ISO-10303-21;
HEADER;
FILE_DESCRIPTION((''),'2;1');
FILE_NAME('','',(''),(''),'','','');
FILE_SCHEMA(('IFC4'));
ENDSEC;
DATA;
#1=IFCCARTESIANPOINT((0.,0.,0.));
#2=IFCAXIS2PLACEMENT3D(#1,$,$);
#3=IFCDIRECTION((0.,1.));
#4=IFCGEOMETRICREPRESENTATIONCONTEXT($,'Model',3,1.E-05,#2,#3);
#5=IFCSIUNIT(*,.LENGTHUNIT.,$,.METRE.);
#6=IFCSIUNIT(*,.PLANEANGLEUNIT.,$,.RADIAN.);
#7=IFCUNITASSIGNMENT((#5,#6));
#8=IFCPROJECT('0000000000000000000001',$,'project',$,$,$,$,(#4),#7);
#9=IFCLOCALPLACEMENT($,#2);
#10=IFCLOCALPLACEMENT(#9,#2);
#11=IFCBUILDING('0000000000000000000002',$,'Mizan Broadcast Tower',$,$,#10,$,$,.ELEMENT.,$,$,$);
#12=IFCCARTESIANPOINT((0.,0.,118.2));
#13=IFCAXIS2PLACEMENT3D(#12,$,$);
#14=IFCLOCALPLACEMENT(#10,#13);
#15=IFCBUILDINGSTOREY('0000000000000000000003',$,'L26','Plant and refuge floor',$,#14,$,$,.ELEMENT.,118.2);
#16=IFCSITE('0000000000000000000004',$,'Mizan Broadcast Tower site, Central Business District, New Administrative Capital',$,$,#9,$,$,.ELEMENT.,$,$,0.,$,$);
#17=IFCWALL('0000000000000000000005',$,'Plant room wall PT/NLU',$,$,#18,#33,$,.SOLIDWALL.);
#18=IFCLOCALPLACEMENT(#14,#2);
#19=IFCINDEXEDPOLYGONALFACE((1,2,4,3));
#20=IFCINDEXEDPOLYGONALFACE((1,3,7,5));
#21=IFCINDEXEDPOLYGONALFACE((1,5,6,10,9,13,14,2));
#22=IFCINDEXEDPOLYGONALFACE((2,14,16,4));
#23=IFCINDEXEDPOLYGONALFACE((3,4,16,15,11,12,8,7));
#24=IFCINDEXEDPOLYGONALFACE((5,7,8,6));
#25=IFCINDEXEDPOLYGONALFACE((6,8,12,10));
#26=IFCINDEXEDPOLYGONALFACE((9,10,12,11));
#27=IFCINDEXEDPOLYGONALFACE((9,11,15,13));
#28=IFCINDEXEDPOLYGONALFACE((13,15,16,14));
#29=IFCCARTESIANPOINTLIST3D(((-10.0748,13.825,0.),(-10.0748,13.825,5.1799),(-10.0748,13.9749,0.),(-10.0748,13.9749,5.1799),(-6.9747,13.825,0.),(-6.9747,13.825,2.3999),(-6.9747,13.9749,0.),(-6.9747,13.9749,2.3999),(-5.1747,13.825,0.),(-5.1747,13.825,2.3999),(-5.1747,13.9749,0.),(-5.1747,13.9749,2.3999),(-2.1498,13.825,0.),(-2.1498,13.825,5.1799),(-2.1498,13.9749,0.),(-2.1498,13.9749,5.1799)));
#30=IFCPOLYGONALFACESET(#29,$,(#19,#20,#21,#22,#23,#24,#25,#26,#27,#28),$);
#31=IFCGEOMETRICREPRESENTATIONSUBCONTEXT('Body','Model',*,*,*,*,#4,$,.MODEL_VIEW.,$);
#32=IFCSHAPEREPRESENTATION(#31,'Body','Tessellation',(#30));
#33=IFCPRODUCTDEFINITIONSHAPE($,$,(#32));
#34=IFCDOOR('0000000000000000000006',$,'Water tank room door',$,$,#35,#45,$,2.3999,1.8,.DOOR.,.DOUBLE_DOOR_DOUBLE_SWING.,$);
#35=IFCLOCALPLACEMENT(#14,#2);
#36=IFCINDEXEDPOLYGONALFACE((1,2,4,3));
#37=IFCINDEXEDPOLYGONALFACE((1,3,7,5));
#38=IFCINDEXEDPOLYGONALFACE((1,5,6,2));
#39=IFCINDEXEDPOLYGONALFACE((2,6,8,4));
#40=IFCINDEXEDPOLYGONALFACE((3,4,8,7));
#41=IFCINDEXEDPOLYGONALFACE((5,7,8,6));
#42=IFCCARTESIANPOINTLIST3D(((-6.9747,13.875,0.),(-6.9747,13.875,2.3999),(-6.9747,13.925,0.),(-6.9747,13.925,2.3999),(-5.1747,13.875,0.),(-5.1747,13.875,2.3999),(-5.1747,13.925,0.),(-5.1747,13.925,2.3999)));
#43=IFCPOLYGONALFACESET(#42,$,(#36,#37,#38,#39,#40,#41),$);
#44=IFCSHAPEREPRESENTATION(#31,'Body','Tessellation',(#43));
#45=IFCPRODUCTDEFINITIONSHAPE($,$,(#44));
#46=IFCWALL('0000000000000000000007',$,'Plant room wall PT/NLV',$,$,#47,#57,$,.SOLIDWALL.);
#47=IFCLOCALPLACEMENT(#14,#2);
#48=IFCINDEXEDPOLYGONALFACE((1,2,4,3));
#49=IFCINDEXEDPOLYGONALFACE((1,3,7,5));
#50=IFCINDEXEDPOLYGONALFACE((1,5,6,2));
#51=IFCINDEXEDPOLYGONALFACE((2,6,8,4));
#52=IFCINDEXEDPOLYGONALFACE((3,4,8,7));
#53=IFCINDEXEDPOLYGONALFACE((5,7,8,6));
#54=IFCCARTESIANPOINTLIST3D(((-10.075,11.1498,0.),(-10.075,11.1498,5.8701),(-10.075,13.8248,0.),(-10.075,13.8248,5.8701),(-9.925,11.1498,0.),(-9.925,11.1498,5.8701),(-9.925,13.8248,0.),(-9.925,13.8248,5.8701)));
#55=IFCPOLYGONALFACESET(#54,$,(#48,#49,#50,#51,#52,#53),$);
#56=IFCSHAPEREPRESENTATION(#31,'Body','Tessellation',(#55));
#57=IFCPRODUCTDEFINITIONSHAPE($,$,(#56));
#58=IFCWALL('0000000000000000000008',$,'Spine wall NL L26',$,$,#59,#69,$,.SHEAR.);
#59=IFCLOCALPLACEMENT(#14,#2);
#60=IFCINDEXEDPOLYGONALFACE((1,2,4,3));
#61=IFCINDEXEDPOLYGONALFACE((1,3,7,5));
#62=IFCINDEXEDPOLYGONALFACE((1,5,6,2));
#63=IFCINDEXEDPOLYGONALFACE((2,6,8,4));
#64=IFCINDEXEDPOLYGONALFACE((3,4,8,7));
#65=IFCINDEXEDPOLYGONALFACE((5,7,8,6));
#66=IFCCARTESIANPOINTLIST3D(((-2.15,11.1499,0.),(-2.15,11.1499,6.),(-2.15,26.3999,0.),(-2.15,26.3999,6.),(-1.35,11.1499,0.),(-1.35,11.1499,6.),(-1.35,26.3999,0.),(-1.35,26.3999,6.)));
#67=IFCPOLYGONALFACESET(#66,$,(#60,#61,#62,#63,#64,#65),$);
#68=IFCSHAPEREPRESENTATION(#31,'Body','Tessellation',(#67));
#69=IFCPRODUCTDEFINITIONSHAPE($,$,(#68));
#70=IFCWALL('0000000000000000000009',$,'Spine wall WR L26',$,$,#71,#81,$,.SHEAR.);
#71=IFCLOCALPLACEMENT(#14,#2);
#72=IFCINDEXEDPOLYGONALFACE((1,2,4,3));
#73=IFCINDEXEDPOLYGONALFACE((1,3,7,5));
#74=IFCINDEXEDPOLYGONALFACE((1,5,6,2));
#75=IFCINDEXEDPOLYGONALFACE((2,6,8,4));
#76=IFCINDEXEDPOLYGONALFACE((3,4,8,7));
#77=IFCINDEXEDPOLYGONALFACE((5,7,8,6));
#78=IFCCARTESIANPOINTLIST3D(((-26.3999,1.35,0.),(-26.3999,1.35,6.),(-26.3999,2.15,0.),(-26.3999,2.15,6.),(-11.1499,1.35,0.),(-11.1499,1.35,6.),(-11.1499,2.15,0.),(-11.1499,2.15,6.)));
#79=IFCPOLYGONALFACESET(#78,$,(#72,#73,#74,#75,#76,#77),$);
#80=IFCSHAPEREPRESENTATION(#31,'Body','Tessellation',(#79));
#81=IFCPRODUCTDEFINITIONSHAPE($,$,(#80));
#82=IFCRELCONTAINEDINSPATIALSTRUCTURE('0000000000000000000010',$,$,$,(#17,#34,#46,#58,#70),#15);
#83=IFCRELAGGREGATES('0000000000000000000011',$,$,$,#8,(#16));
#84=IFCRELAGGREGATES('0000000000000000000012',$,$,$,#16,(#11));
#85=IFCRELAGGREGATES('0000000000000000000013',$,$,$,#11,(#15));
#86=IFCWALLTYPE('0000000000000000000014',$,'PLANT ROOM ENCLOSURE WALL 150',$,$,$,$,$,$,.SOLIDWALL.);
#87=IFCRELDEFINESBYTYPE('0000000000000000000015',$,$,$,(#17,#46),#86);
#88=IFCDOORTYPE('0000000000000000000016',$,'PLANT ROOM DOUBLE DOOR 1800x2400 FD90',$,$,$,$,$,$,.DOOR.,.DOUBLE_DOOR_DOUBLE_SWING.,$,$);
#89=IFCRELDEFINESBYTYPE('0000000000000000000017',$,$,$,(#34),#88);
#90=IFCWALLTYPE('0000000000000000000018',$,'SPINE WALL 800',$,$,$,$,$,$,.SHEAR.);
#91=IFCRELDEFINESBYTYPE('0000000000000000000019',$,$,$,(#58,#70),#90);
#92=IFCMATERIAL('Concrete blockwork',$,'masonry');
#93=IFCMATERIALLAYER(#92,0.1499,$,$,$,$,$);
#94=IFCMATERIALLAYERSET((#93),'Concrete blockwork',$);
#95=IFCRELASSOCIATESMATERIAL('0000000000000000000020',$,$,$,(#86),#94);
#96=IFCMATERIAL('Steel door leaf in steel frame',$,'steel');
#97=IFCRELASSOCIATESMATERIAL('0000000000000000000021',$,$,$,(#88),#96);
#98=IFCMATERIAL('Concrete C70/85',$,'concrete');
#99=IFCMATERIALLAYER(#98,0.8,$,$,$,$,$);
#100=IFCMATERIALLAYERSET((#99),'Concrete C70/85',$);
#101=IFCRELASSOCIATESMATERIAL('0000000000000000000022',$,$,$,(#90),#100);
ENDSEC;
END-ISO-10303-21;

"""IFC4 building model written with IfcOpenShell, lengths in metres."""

from ifc_helpers import new_model, si_unit, direction, frame, frame_2d, origin, place, context, subcontext, project, spatial, rectangle, extrude, material, layer, layer_set, type_object, element, fill, save


model = new_model("IFC4")

# Units and contexts
model_context = context("Model", 3, precision=1e-05, world=origin(), true_north=direction((0.0, 1.0)))
body_context = subcontext(model_context, "Body", "Model", "MODEL_VIEW")
ifc_project = project(units=[si_unit("LENGTHUNIT", "METRE"), si_unit("PLANEANGLEUNIT", "RADIAN")], contexts=[model_context])

# Site, building, storey
site_placement = place(None, origin())
site = spatial("IfcSite", under=ifc_project, at=site_placement, Name="Mizan Broadcast Tower site, Central Business District, New Administrative Capital", CompositionType="ELEMENT", RefElevation=0.0)
building_placement = place(site_placement, origin())
building = spatial("IfcBuilding", under=site, at=building_placement, Name="Mizan Broadcast Tower", CompositionType="ELEMENT")
storey_placement = place(building_placement, frame((0.0, 0.0, 118.2)))
storey = spatial("IfcBuildingStorey", under=building, at=storey_placement, Name="L26", Description="Plant and refuge floor", CompositionType="ELEMENT", Elevation=118.2)

# Wall, opening, door
ifc_material_1 = material(Name="Concrete blockwork", Category="masonry")
ifc_layer_1 = layer(ifc_material_1, 0.1499)
ifc_layer_set_1 = layer_set([ifc_layer_1], Name="Concrete blockwork")
wall_type_1 = type_object("IfcWallType", Name="PLANT ROOM ENCLOSURE WALL 150", PredefinedType="SOLIDWALL", material=ifc_layer_set_1)
wall_1_placement = place(storey_placement, frame((-2.1499, 13.8999, 0.0), z_axis=(0.0, 0.0, 1.0), x_axis=(-1.0, 0.0, 0.0)))
wall_1 = element("IfcWall", 1, at=wall_1_placement, inside=storey, type_object=wall_type_1, Name="Plant room wall PT/NLU", PredefinedType="SOLIDWALL", context=body_context, shape_type="SweptSolid", body=[
    extrude(rectangle(XDim=7.925, YDim=0.1499, at=frame_2d((3.9624, 0.0))), origin(), (0.0, 0.0, 1.0), 5.1799),
])
opening_1_placement = place(wall_1_placement, frame((3.0249, 0.0, 0.0)))
opening_1 = element("IfcOpeningElement", 2, at=opening_1_placement, cuts=wall_1, PredefinedType="OPENING", context=body_context, shape_type="SweptSolid", body=[
    extrude(rectangle(XDim=1.8, YDim=2.3999, at=frame_2d((0.8999, 1.2))), frame((0.0, 0.085, 0.0), z_axis=(0.0, -1.0, 0.0), x_axis=(1.0, 0.0, 0.0)), (0.0, 0.0, 1.0), 0.1699),
])
ifc_material_2 = material(Name="Steel door leaf in steel frame", Category="steel")
door_type_1 = type_object("IfcDoorType", Name="PLANT ROOM DOUBLE DOOR 1800x2400 FD90", OperationType="DOUBLE_DOOR_DOUBLE_SWING", PredefinedType="DOOR", material=ifc_material_2)
door_1_placement = place(opening_1_placement, origin())
door_1 = element("IfcDoor", 3, at=door_1_placement, inside=storey, type_object=door_type_1, Name="Water tank room door", OperationType="DOUBLE_DOOR_DOUBLE_SWING", OverallHeight=2.3999, OverallWidth=1.8, PredefinedType="DOOR", context=body_context, shape_type="SweptSolid", body=[
    extrude(rectangle(XDim=1.8, YDim=2.3999, at=frame_2d((0.8999, 1.2))), frame((0.0, 0.0249, 0.0), z_axis=(0.0, -1.0, 0.0), x_axis=(1.0, 0.0, 0.0)), (0.0, 0.0, 1.0), 0.05),
])
fill(opening_1, door_1)

# Walls
wall_2_placement = place(storey_placement, frame((-10.0, 11.1499, 0.0), z_axis=(0.0, 0.0, 1.0), x_axis=(0.0, 1.0, 0.0)))
element("IfcWall", 4, at=wall_2_placement, inside=storey, type_object=wall_type_1, Name="Plant room wall PT/NLV", PredefinedType="SOLIDWALL", context=body_context, shape_type="SweptSolid", body=[
    extrude(rectangle(XDim=2.675, YDim=0.1499, at=frame_2d((1.3374, 0.0))), origin(), (0.0, 0.0, 1.0), 5.8701),
])
ifc_material_3 = material(Name="Concrete C70/85", Category="concrete")
ifc_layer_2 = layer(ifc_material_3, 0.8)
ifc_layer_set_2 = layer_set([ifc_layer_2], Name="Concrete C70/85")
wall_type_2 = type_object("IfcWallType", Name="SPINE WALL 800", PredefinedType="SHEAR", material=ifc_layer_set_2)
for number, where, z_axis, x_axis, name in (
    (5, (-1.75, 11.1499, 0.0), (0.0, 0.0, 1.0), (0.0, 1.0, 0.0), "Spine wall NL L26"),
    (6, (-11.1499, 1.75, 0.0), (0.0, 0.0, 1.0), (-1.0, 0.0, 0.0), "Spine wall WR L26"),
):
    element("IfcWall", number, at=place(storey_placement, frame(where, z_axis=z_axis, x_axis=x_axis)), inside=storey, type_object=wall_type_2, Name=name, PredefinedType="SHEAR", context=body_context, shape_type="SweptSolid", body=[
        extrude(rectangle(XDim=15.25, YDim=0.8, at=frame_2d((7.625, 0.0))), origin(), (0.0, 0.0, 1.0), 6.0),
    ])

save(model, "model.ifc")
